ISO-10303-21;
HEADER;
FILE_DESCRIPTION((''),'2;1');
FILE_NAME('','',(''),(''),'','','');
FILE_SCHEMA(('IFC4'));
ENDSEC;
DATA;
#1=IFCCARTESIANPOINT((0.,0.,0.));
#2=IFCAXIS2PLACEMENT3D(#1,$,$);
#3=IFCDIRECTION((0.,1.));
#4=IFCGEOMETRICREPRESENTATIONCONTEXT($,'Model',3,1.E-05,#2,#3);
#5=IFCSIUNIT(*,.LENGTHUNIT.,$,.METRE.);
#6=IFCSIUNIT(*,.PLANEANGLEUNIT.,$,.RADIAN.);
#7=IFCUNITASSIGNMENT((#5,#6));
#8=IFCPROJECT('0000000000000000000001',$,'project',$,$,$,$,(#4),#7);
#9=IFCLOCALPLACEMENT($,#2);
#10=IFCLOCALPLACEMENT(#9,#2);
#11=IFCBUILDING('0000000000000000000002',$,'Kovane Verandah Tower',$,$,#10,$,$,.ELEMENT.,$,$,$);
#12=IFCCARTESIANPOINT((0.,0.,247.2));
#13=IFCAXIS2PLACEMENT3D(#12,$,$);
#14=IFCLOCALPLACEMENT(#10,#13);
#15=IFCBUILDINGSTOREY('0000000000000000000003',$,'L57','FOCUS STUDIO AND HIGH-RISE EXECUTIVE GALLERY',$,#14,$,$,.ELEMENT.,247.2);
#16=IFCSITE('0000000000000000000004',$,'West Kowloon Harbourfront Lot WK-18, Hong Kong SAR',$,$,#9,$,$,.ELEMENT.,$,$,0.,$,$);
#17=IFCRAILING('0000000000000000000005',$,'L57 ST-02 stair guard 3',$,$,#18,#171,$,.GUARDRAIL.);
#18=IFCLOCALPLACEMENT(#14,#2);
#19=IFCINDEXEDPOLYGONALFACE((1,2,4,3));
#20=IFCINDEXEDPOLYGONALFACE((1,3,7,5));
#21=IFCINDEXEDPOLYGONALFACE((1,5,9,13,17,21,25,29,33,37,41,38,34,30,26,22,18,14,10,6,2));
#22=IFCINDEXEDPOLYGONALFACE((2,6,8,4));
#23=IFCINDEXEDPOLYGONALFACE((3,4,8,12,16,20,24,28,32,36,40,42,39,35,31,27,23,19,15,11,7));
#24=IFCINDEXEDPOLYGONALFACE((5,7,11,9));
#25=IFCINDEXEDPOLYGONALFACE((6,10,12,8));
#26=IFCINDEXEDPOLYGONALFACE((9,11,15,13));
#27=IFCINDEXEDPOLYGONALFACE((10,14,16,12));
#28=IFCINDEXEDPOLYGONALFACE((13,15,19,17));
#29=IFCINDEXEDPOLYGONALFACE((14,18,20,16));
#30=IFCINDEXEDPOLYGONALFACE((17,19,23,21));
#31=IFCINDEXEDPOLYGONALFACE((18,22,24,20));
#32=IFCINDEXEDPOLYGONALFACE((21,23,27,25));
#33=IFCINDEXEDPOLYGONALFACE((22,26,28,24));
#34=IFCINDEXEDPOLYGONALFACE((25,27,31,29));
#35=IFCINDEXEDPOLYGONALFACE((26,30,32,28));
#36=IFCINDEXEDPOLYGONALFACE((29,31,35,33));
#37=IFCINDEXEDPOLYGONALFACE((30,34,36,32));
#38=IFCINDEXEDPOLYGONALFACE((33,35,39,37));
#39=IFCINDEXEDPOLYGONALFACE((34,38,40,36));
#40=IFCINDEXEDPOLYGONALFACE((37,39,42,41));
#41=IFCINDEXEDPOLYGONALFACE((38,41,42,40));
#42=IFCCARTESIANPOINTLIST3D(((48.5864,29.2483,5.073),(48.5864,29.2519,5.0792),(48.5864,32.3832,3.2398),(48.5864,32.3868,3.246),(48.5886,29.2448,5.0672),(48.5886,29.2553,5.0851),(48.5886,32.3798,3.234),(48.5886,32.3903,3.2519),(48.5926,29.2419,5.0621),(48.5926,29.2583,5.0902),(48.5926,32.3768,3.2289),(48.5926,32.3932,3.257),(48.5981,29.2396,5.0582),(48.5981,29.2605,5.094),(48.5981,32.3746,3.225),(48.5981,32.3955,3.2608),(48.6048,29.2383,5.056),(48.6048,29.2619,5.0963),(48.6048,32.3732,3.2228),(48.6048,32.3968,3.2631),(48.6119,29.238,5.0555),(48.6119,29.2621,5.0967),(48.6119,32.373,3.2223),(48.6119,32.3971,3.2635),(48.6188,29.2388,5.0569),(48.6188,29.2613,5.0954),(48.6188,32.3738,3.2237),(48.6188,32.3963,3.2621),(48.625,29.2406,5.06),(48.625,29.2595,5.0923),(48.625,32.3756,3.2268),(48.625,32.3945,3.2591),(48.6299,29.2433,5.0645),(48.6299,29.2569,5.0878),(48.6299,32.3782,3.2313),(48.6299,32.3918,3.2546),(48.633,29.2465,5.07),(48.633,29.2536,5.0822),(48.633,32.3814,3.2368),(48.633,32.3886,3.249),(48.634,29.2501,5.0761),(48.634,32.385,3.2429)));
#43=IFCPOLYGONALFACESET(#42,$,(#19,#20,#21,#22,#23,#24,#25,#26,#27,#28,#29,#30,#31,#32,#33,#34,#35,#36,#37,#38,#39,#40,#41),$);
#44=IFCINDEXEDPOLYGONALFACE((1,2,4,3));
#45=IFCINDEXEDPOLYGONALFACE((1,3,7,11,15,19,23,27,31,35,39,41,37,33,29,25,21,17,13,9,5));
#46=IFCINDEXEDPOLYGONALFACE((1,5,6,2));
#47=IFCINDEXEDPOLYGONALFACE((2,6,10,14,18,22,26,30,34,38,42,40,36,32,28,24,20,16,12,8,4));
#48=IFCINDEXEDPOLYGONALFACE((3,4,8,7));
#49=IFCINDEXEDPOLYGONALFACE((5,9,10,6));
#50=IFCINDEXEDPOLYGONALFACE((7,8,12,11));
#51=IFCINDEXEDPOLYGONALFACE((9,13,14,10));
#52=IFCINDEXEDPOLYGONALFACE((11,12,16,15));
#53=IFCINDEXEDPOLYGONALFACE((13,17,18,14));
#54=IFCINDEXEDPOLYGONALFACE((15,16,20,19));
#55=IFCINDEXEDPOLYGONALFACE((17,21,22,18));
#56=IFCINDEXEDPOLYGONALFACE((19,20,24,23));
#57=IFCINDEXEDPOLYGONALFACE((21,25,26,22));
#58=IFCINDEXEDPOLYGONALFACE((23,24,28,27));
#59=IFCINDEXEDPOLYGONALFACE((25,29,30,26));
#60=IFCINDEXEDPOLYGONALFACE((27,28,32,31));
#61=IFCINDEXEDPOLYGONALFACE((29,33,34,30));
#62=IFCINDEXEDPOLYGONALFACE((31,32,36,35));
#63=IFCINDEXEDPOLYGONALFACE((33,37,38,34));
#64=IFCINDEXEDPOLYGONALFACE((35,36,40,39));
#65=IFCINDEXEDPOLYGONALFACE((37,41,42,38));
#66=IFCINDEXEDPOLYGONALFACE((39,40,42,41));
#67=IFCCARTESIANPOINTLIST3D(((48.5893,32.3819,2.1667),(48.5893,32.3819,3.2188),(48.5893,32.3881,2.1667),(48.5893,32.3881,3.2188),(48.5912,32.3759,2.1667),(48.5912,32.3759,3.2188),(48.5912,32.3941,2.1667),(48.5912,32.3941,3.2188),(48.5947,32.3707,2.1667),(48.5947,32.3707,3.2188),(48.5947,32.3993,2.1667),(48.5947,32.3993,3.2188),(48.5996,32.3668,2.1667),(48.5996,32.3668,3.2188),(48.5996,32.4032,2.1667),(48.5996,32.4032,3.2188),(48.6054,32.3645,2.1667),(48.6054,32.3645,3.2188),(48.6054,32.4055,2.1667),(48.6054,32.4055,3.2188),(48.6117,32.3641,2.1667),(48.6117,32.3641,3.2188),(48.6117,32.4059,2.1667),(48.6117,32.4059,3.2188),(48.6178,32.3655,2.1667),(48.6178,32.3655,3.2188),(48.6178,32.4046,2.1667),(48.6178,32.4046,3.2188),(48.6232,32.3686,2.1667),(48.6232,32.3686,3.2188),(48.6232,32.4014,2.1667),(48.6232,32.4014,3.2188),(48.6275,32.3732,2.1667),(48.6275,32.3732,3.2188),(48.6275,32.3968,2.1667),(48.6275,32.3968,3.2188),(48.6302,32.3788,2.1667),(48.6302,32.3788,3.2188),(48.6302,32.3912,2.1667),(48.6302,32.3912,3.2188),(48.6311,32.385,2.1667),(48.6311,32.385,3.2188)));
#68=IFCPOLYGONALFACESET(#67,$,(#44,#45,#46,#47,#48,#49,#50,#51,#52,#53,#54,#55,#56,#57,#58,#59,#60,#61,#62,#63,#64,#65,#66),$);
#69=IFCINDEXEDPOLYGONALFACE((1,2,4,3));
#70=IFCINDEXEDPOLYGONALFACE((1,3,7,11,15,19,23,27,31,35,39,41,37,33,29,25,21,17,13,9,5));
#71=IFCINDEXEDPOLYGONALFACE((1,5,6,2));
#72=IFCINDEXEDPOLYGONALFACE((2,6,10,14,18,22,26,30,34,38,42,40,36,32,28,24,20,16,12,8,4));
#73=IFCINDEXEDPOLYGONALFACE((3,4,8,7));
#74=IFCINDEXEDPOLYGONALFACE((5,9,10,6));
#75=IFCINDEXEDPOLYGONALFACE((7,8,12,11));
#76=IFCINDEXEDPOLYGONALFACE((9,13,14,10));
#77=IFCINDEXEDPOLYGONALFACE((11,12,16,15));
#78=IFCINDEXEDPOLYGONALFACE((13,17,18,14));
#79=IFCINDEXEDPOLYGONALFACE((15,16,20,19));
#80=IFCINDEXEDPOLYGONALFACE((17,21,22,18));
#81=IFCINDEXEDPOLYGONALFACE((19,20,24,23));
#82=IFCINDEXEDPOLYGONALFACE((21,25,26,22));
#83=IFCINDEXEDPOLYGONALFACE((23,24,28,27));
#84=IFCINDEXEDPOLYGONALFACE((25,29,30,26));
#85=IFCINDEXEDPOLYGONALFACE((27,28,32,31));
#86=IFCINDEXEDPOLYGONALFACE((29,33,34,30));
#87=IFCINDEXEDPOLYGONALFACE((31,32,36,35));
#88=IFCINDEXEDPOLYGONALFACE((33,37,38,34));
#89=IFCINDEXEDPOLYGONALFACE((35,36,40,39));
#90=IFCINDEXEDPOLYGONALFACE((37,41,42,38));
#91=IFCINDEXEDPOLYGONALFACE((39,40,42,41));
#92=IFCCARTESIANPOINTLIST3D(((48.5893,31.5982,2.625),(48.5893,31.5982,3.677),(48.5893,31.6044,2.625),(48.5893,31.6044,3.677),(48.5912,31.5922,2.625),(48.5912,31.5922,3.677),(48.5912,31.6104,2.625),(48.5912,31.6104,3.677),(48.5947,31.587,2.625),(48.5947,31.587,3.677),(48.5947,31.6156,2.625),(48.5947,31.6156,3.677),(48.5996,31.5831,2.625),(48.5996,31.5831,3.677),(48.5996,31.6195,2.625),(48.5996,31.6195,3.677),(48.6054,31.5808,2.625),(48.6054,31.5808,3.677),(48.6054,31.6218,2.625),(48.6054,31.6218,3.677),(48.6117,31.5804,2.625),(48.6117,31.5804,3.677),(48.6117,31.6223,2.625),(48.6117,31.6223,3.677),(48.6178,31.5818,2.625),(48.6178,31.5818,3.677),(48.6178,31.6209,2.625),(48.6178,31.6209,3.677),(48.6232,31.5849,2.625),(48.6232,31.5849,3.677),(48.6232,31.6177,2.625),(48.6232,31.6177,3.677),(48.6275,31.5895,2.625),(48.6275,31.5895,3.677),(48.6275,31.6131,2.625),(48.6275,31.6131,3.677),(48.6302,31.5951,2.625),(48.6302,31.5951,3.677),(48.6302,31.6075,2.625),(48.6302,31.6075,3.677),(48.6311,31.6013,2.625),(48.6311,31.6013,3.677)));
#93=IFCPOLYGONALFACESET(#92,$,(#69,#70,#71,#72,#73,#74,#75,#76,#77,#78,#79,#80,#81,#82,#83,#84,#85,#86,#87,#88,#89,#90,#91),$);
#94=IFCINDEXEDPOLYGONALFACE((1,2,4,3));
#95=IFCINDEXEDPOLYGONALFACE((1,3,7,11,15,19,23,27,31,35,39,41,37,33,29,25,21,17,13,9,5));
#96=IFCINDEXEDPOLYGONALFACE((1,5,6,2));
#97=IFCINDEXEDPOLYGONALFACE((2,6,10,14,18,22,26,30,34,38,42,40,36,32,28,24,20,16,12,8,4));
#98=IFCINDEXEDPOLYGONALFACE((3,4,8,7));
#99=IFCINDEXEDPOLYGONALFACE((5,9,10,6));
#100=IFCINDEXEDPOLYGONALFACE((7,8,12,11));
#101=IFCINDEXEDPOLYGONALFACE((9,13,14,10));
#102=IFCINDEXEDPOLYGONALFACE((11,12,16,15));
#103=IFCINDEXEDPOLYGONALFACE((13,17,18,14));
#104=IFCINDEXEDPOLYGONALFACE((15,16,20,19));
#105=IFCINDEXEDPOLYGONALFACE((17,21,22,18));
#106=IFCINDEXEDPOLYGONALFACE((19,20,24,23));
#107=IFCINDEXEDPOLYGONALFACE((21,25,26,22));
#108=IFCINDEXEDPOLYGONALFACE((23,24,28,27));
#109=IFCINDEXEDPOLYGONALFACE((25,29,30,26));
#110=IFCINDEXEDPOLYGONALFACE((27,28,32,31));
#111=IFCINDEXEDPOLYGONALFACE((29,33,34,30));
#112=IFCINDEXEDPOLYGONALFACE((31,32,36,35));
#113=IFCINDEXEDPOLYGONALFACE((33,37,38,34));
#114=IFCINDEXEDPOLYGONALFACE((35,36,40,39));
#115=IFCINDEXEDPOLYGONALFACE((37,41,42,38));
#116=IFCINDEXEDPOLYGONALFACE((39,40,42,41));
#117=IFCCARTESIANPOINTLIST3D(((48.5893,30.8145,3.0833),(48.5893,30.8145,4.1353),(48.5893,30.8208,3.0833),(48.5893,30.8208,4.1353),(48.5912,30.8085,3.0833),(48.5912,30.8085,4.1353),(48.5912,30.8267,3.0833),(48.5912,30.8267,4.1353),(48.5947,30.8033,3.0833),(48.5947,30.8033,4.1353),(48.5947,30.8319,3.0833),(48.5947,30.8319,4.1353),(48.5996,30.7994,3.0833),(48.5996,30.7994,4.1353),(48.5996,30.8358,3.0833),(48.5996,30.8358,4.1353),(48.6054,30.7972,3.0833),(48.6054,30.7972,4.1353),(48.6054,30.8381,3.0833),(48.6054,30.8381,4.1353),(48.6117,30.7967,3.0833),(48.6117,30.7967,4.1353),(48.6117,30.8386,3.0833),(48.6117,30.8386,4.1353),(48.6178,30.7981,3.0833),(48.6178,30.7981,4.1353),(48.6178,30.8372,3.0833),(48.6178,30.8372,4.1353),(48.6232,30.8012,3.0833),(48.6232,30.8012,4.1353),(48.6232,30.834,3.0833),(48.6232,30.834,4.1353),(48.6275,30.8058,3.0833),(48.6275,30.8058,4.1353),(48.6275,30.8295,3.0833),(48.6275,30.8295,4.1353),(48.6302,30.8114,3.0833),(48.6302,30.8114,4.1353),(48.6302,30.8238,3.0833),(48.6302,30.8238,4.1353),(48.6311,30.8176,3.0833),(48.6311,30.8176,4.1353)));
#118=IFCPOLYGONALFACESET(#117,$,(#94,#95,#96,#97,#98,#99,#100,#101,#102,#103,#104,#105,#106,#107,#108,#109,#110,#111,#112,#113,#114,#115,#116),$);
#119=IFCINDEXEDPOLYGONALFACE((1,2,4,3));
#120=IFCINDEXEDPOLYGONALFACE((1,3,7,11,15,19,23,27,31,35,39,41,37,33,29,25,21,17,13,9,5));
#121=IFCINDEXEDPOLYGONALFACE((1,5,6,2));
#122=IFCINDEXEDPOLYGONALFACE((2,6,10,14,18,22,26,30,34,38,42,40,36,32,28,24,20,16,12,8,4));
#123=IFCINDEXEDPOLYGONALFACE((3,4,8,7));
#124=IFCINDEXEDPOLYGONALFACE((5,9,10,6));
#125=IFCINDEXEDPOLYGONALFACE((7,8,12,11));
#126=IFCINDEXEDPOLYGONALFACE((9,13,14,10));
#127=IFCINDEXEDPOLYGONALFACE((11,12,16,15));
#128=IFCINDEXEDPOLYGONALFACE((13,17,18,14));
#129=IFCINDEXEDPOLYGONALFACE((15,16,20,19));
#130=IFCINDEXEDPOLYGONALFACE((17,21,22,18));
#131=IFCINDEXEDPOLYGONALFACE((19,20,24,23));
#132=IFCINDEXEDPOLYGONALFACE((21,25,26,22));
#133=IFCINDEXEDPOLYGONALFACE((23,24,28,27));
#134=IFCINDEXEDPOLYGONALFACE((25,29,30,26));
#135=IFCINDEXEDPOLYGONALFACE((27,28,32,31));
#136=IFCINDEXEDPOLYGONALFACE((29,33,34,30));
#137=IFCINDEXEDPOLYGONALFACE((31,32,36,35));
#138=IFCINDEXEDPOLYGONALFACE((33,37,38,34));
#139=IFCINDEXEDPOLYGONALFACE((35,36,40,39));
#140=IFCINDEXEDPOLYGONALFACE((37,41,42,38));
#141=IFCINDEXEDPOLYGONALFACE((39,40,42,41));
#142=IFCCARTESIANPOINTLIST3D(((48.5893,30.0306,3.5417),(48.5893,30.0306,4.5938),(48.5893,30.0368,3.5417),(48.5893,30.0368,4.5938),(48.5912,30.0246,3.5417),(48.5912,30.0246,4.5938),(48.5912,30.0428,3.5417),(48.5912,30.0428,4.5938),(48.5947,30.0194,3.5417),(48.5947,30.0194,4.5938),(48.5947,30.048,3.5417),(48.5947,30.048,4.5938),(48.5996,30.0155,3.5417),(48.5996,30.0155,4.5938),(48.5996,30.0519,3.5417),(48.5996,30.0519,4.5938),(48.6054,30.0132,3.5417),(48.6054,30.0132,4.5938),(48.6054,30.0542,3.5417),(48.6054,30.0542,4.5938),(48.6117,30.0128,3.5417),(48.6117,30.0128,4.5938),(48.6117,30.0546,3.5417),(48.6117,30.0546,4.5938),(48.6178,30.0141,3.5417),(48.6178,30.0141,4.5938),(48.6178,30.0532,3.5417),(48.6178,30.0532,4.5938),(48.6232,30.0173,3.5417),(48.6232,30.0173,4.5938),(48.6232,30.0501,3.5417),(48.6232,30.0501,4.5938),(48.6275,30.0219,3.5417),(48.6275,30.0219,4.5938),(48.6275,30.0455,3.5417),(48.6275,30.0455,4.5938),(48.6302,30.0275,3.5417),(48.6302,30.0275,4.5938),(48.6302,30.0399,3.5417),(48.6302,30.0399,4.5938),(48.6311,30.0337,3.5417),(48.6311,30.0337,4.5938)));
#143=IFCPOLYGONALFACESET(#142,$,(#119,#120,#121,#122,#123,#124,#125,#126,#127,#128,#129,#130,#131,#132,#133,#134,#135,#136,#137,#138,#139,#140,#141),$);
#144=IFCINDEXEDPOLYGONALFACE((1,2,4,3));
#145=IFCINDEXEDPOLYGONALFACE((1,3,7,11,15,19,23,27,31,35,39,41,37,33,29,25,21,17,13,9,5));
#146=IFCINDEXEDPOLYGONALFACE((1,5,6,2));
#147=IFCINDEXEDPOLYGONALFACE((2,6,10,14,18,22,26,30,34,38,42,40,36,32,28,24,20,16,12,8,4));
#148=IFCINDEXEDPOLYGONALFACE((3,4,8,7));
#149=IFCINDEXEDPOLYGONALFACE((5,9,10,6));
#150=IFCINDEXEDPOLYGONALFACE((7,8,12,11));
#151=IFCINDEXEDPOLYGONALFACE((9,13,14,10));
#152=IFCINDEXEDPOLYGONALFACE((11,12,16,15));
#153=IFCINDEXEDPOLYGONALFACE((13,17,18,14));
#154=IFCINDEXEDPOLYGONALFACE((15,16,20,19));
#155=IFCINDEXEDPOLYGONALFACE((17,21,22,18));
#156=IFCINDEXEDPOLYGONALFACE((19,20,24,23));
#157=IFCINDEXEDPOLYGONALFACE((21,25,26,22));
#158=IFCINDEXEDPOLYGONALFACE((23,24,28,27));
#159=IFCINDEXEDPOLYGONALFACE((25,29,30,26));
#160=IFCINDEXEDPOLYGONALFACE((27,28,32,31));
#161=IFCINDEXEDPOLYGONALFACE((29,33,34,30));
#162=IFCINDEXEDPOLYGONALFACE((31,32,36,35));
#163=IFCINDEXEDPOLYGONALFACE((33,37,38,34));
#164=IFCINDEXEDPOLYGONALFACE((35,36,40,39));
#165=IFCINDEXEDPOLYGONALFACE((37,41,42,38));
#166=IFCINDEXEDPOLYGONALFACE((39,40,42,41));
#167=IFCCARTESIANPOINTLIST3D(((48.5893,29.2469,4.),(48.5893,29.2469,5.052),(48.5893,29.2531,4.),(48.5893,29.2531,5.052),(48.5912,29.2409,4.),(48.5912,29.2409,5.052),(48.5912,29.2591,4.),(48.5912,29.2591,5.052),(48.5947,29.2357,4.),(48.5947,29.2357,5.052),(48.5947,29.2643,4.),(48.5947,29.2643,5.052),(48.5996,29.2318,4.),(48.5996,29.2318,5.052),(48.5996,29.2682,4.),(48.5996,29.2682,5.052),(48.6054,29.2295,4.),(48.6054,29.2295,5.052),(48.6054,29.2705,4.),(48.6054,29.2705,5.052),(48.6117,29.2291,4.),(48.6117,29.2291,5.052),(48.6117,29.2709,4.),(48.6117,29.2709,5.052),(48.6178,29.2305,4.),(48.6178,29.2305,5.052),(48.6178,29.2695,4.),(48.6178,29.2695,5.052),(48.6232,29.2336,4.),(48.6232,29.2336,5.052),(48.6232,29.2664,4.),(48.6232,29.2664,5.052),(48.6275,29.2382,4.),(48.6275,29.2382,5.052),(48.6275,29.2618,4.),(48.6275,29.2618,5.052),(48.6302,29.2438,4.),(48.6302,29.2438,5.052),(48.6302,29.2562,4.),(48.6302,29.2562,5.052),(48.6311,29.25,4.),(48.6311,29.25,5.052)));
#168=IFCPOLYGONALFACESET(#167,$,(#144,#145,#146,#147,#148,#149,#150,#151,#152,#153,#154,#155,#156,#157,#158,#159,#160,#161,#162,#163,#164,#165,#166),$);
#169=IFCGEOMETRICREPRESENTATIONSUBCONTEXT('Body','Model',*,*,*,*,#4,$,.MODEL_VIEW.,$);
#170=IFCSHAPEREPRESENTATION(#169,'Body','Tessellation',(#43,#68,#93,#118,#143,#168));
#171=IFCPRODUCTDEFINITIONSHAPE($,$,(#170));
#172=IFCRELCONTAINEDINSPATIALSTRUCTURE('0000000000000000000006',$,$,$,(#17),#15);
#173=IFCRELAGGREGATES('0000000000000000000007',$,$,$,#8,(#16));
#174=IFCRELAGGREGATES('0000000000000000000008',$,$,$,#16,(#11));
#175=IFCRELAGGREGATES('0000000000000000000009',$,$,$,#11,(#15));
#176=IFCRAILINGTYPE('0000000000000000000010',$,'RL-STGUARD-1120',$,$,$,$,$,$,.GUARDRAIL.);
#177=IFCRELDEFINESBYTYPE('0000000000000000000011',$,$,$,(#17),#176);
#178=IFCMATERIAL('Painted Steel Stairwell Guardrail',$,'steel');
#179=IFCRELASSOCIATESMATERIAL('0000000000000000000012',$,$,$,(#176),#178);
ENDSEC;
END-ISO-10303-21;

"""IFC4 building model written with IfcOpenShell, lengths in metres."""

from ifc_helpers import new_model, si_unit, direction, frame, origin, origin_2d, place, context, subcontext, project, spatial, circle, extrude, material, type_object, element, save


model = new_model("IFC4")

# Units and contexts
model_context = context("Model", 3, precision=1e-05, world=origin(), true_north=direction((0.0, 1.0)))
body_context = subcontext(model_context, "Body", "Model", "MODEL_VIEW")
ifc_project = project(units=[si_unit("LENGTHUNIT", "METRE"), si_unit("PLANEANGLEUNIT", "RADIAN")], contexts=[model_context])

# Site, building, storey
site_placement = place(None, origin())
site = spatial("IfcSite", under=ifc_project, at=site_placement, Name="West Kowloon Harbourfront Lot WK-18, Hong Kong SAR", CompositionType="ELEMENT", RefElevation=0.0)
building_placement = place(site_placement, origin())
building = spatial("IfcBuilding", under=site, at=building_placement, Name="Kovane Verandah Tower", CompositionType="ELEMENT")
storey_placement = place(building_placement, frame((0.0, 0.0, 247.2)))
storey = spatial("IfcBuildingStorey", under=building, at=storey_placement, Name="L57", Description="FOCUS STUDIO AND HIGH-RISE EXECUTIVE GALLERY", CompositionType="ELEMENT", Elevation=247.2)

# Railing
ifc_material_1 = material(Name="Painted Steel Stairwell Guardrail", Category="steel")
railing_type_1 = type_object("IfcRailingType", Name="RL-STGUARD-1120", PredefinedType="GUARDRAIL", material=ifc_material_1)
for number, where, name in (
    (1, (48.6101, 32.385, 2.1667), "L57 ST-02 stair guard 3"),
):
    element("IfcRailing", number, at=place(storey_placement, frame(where)), inside=storey, type_object=railing_type_1, Name=name, PredefinedType="GUARDRAIL", context=body_context, shape_type="SweptSolid", body=[
        extrude(circle(Radius=0.0239, at=origin_2d()), frame((0.0, 0.0, 1.0762), z_axis=(0.0, -0.86324, 0.504794), x_axis=(1.0, 0.0, 0.0)), (0.0, 0.0, 1.0), 3.6316),
        extrude(circle(Radius=0.021, at=origin_2d()), origin(), (0.0, 0.0, 1.0), 1.052),
        extrude(circle(Radius=0.021, at=origin_2d()), frame((0.0, -0.7837, 0.4583)), (0.0, 0.0, 1.0), 1.052),
        extrude(circle(Radius=0.021, at=origin_2d()), frame((0.0, -1.5674, 0.9165)), (0.0, 0.0, 1.0), 1.052),
        extrude(circle(Radius=0.021, at=origin_2d()), frame((0.0, -2.3513, 1.375)), (0.0, 0.0, 1.0), 1.052),
        extrude(circle(Radius=0.021, at=origin_2d()), frame((0.0, -3.135, 1.8333)), (0.0, 0.0, 1.0), 1.052),
    ])

save(model, "model.ifc")
